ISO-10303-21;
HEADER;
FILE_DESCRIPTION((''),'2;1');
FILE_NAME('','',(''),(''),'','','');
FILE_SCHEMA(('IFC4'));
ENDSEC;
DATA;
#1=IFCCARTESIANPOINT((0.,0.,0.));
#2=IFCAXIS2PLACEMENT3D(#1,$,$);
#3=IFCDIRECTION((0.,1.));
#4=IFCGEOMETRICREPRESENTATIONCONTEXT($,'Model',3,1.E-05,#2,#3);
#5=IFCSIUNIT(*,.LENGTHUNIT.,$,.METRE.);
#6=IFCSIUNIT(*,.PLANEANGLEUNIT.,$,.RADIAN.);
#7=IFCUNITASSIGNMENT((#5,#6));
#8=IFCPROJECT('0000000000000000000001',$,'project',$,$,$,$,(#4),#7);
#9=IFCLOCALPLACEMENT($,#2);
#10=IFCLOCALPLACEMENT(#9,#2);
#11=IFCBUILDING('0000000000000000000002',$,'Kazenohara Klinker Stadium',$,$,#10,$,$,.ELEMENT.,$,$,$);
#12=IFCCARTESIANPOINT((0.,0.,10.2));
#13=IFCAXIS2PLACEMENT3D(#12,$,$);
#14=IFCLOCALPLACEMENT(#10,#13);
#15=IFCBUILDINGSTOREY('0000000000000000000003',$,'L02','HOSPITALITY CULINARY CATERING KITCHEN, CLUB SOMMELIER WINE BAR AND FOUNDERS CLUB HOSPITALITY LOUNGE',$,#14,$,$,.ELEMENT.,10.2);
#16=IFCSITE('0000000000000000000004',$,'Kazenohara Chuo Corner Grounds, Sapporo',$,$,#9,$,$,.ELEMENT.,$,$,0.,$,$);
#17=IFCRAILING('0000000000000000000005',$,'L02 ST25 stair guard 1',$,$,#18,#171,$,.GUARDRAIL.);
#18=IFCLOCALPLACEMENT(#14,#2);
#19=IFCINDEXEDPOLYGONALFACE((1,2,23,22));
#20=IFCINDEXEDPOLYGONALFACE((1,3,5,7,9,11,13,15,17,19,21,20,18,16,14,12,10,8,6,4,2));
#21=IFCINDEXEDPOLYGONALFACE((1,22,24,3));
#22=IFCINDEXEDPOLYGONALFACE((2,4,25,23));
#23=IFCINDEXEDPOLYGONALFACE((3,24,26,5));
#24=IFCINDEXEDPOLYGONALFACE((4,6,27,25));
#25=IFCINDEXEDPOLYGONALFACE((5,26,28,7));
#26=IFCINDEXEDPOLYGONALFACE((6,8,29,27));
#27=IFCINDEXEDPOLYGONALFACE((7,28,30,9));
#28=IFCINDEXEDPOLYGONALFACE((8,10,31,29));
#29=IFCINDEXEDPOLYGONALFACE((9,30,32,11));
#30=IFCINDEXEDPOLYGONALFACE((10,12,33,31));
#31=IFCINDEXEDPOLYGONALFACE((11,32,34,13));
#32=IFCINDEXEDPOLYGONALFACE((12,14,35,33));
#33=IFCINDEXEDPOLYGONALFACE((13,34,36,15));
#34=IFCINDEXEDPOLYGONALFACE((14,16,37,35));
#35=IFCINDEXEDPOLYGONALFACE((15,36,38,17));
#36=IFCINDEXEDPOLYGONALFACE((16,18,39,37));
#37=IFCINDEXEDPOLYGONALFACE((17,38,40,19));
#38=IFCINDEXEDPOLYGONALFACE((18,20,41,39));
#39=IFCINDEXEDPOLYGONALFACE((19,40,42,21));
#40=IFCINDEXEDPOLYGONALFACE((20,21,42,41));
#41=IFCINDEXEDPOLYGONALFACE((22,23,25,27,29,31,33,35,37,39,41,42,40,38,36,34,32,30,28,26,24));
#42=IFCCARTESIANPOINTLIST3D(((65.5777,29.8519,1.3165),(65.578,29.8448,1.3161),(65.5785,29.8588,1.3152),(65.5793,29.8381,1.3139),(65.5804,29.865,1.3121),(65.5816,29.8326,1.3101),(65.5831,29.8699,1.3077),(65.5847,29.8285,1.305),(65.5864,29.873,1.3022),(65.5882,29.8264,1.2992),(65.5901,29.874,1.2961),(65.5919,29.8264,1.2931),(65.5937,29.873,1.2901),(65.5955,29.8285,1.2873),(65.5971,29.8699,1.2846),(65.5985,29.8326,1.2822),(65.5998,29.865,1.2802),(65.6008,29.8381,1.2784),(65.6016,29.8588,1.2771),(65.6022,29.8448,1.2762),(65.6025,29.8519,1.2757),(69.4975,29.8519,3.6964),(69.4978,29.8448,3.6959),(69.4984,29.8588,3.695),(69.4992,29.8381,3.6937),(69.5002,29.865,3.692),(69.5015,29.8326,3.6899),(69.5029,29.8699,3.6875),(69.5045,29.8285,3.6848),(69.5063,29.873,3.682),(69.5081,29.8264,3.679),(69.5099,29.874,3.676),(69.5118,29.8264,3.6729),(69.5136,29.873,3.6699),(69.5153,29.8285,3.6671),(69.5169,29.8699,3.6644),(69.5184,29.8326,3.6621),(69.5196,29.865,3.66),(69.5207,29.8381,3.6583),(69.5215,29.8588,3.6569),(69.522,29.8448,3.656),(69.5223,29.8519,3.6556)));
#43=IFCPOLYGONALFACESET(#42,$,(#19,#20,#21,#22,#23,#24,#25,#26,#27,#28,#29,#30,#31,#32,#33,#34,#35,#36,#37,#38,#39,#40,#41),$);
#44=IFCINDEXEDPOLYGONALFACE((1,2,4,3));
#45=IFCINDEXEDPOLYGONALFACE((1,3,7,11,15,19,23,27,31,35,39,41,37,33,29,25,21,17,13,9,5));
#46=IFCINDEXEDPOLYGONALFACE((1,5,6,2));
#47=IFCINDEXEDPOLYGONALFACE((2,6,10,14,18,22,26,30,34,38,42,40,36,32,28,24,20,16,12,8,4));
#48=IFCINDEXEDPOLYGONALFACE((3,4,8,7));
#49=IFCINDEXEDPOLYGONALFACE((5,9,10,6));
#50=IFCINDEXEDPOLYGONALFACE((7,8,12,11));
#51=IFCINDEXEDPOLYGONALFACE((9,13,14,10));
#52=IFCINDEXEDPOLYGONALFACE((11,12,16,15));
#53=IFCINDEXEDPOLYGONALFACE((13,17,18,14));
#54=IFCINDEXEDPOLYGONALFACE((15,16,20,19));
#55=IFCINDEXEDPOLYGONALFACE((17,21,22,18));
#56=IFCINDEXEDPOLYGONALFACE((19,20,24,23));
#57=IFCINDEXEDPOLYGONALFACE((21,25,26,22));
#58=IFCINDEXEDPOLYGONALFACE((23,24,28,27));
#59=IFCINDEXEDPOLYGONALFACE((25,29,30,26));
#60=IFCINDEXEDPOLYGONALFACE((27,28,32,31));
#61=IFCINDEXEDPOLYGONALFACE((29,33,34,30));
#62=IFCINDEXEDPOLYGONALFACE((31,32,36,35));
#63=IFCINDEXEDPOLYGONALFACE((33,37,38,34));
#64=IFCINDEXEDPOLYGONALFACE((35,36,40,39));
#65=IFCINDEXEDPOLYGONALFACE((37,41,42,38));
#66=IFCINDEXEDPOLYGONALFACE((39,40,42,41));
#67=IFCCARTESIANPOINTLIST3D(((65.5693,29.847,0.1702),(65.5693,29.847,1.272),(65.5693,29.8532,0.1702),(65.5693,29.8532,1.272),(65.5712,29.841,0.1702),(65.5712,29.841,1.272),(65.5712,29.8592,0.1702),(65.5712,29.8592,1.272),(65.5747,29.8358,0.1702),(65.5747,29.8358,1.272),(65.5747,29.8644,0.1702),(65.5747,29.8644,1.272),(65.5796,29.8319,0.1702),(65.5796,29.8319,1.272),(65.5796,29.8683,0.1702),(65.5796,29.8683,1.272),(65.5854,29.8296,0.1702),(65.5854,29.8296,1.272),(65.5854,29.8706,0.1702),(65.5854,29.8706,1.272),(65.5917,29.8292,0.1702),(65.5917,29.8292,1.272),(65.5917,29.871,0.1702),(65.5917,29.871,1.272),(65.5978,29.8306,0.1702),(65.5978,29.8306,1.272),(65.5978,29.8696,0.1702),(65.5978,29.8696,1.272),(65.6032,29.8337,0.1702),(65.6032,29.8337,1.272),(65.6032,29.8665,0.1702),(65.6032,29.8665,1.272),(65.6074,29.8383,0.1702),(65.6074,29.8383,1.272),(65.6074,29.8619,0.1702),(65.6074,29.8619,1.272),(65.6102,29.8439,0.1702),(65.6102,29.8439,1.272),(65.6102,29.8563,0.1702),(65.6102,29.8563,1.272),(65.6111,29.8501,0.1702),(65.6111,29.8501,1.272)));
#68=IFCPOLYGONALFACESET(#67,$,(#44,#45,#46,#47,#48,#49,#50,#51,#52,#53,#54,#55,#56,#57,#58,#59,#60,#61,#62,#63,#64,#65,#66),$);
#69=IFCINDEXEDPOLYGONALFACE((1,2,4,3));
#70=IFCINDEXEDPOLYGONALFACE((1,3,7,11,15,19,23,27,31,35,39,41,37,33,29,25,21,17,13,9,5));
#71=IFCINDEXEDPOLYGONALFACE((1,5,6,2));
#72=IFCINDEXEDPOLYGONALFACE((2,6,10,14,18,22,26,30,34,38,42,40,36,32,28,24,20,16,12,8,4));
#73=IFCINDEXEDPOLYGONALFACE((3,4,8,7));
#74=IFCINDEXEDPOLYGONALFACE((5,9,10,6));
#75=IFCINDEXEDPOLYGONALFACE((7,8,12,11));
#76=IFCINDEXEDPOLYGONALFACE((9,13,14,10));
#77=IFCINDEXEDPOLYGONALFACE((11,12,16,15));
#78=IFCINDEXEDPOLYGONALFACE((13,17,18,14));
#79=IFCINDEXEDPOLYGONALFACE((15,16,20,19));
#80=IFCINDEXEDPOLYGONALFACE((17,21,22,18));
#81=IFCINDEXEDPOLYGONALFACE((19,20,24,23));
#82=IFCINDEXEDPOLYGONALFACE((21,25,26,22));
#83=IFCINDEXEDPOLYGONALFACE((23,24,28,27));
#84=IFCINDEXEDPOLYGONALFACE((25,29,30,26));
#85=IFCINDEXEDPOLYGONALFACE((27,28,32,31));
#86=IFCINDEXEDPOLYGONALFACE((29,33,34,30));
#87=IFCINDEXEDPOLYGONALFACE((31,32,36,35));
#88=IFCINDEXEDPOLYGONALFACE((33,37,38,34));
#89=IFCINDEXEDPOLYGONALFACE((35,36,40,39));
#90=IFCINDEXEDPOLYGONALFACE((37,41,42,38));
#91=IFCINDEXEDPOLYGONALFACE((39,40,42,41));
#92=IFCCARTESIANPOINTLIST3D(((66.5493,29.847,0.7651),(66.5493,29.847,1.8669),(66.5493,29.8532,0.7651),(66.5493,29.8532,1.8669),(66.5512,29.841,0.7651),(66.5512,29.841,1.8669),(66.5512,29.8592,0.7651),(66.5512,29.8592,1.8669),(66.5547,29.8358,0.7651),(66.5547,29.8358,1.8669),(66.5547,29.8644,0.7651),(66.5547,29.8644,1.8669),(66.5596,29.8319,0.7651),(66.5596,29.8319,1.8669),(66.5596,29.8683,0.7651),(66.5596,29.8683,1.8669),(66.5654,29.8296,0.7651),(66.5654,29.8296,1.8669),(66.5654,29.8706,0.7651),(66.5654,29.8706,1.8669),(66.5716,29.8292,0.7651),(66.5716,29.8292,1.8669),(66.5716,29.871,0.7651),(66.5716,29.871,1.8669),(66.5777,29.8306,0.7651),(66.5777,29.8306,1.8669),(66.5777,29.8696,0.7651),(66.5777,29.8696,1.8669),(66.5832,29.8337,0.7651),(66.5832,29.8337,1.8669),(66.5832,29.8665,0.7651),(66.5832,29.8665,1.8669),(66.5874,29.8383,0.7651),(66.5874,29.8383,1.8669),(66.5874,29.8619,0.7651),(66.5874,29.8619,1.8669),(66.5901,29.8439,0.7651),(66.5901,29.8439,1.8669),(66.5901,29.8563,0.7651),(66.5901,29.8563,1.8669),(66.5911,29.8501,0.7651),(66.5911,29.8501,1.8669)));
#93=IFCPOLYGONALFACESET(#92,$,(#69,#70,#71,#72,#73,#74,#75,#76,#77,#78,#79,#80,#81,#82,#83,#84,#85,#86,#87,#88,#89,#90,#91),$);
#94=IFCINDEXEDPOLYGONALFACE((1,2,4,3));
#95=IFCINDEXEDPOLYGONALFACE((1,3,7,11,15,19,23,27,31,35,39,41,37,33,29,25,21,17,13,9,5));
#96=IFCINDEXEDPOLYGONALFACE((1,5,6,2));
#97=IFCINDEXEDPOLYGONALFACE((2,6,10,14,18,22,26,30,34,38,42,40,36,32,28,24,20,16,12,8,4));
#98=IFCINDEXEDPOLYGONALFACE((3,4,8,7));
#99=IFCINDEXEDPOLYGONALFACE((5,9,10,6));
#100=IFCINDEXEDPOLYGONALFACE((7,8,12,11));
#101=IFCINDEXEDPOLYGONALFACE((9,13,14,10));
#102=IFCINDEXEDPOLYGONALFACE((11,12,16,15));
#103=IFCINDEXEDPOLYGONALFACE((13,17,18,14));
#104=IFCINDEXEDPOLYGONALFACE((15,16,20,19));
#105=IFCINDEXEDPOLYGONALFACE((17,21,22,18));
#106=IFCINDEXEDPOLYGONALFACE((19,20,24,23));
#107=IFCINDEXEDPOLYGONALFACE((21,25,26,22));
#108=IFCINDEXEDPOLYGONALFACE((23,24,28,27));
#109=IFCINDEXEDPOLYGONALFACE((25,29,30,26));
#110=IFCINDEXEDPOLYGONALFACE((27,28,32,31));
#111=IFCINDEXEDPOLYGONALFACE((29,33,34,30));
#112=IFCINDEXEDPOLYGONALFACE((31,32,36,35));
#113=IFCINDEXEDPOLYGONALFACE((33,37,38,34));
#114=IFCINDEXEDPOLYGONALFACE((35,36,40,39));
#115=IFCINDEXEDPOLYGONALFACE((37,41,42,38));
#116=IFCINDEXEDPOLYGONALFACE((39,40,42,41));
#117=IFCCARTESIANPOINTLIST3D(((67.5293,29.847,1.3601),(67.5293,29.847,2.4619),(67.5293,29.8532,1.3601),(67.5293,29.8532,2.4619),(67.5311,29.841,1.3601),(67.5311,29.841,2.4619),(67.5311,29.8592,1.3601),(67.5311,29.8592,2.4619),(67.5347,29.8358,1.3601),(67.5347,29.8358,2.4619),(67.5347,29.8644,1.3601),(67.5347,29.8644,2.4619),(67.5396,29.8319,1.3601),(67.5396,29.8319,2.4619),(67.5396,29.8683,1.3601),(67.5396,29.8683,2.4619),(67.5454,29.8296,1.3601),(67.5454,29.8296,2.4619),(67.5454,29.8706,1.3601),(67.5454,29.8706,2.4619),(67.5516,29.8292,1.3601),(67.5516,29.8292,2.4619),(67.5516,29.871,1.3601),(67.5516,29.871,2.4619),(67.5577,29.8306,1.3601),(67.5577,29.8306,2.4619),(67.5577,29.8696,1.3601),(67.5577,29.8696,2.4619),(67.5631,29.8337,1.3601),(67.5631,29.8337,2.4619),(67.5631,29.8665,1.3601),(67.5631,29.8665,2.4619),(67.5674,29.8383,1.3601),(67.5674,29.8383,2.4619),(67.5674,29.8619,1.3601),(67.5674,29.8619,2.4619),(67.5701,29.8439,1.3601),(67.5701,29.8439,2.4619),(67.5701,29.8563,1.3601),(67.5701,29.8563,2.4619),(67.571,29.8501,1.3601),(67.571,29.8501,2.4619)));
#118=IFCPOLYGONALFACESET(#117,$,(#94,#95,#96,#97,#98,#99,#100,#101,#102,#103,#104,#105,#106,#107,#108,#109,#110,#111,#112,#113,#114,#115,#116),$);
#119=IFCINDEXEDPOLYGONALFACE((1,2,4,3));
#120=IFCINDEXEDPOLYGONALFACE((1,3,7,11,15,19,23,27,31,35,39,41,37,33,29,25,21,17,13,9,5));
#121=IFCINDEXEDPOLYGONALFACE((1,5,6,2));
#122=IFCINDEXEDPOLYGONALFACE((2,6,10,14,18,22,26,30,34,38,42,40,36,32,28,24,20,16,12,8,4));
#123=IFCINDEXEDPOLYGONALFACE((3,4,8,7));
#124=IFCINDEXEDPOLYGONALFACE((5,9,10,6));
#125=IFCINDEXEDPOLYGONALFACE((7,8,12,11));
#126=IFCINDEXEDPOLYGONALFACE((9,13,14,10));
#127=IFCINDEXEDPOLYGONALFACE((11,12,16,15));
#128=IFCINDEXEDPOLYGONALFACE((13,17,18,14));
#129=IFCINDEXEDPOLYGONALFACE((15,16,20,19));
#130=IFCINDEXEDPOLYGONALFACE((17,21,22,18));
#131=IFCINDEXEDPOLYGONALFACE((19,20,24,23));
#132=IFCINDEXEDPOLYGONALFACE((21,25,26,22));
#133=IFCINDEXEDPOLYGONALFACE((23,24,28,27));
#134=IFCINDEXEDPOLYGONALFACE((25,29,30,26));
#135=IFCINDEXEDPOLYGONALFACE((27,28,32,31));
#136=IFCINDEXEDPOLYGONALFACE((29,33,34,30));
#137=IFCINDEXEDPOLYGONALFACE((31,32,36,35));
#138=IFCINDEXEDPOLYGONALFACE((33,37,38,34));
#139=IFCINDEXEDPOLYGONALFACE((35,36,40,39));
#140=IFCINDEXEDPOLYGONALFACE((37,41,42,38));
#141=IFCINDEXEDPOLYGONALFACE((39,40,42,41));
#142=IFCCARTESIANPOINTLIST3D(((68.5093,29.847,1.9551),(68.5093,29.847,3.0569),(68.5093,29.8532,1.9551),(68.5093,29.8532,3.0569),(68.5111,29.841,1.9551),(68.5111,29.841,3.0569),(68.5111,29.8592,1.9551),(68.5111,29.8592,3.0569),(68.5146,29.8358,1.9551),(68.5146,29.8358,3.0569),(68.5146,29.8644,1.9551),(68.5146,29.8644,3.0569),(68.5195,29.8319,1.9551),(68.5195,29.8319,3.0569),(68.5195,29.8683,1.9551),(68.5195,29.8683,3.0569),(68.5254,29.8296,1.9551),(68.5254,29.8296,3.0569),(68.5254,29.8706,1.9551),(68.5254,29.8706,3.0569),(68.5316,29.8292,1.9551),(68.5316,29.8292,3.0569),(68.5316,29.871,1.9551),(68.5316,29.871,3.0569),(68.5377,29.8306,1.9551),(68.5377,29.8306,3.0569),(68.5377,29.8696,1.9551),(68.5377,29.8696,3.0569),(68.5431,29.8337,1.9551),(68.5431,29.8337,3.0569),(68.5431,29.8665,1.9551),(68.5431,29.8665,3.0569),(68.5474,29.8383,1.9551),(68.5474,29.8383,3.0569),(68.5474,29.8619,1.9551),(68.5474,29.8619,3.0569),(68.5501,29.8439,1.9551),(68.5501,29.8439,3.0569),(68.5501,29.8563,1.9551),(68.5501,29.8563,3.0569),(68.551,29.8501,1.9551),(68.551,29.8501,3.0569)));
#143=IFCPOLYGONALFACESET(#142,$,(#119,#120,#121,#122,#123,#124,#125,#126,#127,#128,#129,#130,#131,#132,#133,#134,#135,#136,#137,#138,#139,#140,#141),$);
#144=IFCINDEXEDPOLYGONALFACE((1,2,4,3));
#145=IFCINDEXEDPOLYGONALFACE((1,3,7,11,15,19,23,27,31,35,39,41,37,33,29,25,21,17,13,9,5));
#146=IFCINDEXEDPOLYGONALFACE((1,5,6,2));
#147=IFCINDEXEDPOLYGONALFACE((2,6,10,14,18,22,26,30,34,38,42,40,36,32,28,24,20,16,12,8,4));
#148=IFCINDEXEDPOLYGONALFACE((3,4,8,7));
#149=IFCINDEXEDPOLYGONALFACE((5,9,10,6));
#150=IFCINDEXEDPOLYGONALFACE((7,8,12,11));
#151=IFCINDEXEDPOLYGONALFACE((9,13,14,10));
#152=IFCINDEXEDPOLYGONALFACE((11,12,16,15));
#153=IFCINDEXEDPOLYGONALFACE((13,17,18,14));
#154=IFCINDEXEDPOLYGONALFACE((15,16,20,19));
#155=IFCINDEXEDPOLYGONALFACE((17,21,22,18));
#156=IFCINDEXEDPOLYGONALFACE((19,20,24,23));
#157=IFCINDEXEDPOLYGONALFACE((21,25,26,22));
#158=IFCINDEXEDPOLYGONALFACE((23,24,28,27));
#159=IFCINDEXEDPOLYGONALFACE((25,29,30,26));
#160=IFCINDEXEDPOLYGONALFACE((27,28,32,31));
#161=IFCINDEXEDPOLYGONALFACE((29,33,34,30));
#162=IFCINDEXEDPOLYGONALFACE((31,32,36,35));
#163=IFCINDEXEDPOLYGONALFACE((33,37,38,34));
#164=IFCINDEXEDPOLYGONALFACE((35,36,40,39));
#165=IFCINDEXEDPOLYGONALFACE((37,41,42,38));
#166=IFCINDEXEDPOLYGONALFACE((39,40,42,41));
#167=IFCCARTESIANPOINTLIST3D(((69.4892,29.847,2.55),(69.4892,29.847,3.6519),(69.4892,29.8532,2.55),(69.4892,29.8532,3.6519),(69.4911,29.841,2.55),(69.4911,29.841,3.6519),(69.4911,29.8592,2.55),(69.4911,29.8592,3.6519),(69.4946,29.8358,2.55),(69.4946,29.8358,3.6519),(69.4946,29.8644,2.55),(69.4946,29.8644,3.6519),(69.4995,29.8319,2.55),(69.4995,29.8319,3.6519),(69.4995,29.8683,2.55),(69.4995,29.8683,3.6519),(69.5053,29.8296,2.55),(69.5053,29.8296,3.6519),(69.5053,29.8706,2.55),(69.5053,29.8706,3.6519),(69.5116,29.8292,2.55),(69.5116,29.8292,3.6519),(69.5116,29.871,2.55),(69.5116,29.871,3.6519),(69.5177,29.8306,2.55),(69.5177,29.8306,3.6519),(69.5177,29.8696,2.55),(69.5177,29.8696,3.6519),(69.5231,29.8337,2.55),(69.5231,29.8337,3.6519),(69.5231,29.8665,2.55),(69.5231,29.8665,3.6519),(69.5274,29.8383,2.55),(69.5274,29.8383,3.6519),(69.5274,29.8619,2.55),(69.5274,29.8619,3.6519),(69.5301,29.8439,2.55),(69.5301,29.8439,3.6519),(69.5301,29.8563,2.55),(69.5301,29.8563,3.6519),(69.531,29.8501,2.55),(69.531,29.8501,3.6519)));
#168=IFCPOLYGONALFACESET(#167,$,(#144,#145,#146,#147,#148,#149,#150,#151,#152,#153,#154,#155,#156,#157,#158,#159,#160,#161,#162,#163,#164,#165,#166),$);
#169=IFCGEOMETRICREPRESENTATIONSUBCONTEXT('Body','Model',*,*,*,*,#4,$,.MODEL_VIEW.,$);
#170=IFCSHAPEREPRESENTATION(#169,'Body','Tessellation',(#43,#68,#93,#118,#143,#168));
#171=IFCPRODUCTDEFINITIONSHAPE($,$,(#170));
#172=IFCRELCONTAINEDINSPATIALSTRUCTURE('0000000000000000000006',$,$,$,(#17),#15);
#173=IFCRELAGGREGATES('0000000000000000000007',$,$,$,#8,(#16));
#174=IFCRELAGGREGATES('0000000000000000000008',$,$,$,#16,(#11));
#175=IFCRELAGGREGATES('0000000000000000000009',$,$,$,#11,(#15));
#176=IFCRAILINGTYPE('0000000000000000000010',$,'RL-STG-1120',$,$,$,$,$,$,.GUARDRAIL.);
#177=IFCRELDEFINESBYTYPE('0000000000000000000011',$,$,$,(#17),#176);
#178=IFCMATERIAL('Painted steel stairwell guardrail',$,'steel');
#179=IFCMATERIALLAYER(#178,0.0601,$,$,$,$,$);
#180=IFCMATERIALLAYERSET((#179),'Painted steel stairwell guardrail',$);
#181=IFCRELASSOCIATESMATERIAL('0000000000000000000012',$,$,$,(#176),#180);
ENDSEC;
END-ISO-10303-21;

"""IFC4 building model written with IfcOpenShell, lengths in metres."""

from ifc_helpers import new_model, si_unit, direction, frame, origin, origin_2d, place, context, subcontext, project, spatial, circle, extrude, material, layer, layer_set, type_object, element, save


model = new_model("IFC4")

# Units and contexts
model_context = context("Model", 3, precision=1e-05, world=origin(), true_north=direction((0.0, 1.0)))
body_context = subcontext(model_context, "Body", "Model", "MODEL_VIEW")
ifc_project = project(units=[si_unit("LENGTHUNIT", "METRE"), si_unit("PLANEANGLEUNIT", "RADIAN")], contexts=[model_context])

# Site, building, storey
site_placement = place(None, origin())
site = spatial("IfcSite", under=ifc_project, at=site_placement, Name="Kazenohara Chuo Corner Grounds, Sapporo", CompositionType="ELEMENT", RefElevation=0.0)
building_placement = place(site_placement, origin())
building = spatial("IfcBuilding", under=site, at=building_placement, Name="Kazenohara Klinker Stadium", CompositionType="ELEMENT")
storey_placement = place(building_placement, frame((0.0, 0.0, 10.2)))
storey = spatial("IfcBuildingStorey", under=building, at=storey_placement, Name="L02", Description="HOSPITALITY CULINARY CATERING KITCHEN, CLUB SOMMELIER WINE BAR AND FOUNDERS CLUB HOSPITALITY LOUNGE", CompositionType="ELEMENT", Elevation=10.2)

# Railing
ifc_material_1 = material(Name="Painted steel stairwell guardrail", Category="steel")
ifc_layer_1 = layer(ifc_material_1, 0.0601)
ifc_layer_set_1 = layer_set([ifc_layer_1], Name="Painted steel stairwell guardrail")
railing_type_1 = type_object("IfcRailingType", Name="RL-STG-1120", PredefinedType="GUARDRAIL", material=ifc_layer_set_1)
railing_1_placement = place(storey_placement, frame((65.5901, 29.8501, 0.1702)))
element("IfcRailing", 1, at=railing_1_placement, inside=storey, type_object=railing_type_1, Name="L02 ST25 stair guard 1", PredefinedType="GUARDRAIL", context=body_context, shape_type="SweptSolid", body=[
    extrude(circle(Radius=0.0239, at=origin_2d()), frame((0.0, 0.0, 1.126), z_axis=(0.854794, 0.0, 0.518967), x_axis=(0.0, 1.0, 0.0)), (0.0, 0.0, 1.0), 4.5857),
    extrude(circle(Radius=0.021, at=origin_2d()), origin(), (0.0, 0.0, 1.0), 1.1018),
    extrude(circle(Radius=0.021, at=origin_2d()), frame((0.98, 0.0, 0.595)), (0.0, 0.0, 1.0), 1.1018),
    extrude(circle(Radius=0.021, at=origin_2d()), frame((1.96, 0.0, 1.1899)), (0.0, 0.0, 1.0), 1.1018),
    extrude(circle(Radius=0.021, at=origin_2d()), frame((2.9399, 0.0, 1.7849)), (0.0, 0.0, 1.0), 1.1018),
    extrude(circle(Radius=0.021, at=origin_2d()), frame((3.9199, 0.0, 2.3799)), (0.0, 0.0, 1.0), 1.1018),
])

save(model, "model.ifc")
